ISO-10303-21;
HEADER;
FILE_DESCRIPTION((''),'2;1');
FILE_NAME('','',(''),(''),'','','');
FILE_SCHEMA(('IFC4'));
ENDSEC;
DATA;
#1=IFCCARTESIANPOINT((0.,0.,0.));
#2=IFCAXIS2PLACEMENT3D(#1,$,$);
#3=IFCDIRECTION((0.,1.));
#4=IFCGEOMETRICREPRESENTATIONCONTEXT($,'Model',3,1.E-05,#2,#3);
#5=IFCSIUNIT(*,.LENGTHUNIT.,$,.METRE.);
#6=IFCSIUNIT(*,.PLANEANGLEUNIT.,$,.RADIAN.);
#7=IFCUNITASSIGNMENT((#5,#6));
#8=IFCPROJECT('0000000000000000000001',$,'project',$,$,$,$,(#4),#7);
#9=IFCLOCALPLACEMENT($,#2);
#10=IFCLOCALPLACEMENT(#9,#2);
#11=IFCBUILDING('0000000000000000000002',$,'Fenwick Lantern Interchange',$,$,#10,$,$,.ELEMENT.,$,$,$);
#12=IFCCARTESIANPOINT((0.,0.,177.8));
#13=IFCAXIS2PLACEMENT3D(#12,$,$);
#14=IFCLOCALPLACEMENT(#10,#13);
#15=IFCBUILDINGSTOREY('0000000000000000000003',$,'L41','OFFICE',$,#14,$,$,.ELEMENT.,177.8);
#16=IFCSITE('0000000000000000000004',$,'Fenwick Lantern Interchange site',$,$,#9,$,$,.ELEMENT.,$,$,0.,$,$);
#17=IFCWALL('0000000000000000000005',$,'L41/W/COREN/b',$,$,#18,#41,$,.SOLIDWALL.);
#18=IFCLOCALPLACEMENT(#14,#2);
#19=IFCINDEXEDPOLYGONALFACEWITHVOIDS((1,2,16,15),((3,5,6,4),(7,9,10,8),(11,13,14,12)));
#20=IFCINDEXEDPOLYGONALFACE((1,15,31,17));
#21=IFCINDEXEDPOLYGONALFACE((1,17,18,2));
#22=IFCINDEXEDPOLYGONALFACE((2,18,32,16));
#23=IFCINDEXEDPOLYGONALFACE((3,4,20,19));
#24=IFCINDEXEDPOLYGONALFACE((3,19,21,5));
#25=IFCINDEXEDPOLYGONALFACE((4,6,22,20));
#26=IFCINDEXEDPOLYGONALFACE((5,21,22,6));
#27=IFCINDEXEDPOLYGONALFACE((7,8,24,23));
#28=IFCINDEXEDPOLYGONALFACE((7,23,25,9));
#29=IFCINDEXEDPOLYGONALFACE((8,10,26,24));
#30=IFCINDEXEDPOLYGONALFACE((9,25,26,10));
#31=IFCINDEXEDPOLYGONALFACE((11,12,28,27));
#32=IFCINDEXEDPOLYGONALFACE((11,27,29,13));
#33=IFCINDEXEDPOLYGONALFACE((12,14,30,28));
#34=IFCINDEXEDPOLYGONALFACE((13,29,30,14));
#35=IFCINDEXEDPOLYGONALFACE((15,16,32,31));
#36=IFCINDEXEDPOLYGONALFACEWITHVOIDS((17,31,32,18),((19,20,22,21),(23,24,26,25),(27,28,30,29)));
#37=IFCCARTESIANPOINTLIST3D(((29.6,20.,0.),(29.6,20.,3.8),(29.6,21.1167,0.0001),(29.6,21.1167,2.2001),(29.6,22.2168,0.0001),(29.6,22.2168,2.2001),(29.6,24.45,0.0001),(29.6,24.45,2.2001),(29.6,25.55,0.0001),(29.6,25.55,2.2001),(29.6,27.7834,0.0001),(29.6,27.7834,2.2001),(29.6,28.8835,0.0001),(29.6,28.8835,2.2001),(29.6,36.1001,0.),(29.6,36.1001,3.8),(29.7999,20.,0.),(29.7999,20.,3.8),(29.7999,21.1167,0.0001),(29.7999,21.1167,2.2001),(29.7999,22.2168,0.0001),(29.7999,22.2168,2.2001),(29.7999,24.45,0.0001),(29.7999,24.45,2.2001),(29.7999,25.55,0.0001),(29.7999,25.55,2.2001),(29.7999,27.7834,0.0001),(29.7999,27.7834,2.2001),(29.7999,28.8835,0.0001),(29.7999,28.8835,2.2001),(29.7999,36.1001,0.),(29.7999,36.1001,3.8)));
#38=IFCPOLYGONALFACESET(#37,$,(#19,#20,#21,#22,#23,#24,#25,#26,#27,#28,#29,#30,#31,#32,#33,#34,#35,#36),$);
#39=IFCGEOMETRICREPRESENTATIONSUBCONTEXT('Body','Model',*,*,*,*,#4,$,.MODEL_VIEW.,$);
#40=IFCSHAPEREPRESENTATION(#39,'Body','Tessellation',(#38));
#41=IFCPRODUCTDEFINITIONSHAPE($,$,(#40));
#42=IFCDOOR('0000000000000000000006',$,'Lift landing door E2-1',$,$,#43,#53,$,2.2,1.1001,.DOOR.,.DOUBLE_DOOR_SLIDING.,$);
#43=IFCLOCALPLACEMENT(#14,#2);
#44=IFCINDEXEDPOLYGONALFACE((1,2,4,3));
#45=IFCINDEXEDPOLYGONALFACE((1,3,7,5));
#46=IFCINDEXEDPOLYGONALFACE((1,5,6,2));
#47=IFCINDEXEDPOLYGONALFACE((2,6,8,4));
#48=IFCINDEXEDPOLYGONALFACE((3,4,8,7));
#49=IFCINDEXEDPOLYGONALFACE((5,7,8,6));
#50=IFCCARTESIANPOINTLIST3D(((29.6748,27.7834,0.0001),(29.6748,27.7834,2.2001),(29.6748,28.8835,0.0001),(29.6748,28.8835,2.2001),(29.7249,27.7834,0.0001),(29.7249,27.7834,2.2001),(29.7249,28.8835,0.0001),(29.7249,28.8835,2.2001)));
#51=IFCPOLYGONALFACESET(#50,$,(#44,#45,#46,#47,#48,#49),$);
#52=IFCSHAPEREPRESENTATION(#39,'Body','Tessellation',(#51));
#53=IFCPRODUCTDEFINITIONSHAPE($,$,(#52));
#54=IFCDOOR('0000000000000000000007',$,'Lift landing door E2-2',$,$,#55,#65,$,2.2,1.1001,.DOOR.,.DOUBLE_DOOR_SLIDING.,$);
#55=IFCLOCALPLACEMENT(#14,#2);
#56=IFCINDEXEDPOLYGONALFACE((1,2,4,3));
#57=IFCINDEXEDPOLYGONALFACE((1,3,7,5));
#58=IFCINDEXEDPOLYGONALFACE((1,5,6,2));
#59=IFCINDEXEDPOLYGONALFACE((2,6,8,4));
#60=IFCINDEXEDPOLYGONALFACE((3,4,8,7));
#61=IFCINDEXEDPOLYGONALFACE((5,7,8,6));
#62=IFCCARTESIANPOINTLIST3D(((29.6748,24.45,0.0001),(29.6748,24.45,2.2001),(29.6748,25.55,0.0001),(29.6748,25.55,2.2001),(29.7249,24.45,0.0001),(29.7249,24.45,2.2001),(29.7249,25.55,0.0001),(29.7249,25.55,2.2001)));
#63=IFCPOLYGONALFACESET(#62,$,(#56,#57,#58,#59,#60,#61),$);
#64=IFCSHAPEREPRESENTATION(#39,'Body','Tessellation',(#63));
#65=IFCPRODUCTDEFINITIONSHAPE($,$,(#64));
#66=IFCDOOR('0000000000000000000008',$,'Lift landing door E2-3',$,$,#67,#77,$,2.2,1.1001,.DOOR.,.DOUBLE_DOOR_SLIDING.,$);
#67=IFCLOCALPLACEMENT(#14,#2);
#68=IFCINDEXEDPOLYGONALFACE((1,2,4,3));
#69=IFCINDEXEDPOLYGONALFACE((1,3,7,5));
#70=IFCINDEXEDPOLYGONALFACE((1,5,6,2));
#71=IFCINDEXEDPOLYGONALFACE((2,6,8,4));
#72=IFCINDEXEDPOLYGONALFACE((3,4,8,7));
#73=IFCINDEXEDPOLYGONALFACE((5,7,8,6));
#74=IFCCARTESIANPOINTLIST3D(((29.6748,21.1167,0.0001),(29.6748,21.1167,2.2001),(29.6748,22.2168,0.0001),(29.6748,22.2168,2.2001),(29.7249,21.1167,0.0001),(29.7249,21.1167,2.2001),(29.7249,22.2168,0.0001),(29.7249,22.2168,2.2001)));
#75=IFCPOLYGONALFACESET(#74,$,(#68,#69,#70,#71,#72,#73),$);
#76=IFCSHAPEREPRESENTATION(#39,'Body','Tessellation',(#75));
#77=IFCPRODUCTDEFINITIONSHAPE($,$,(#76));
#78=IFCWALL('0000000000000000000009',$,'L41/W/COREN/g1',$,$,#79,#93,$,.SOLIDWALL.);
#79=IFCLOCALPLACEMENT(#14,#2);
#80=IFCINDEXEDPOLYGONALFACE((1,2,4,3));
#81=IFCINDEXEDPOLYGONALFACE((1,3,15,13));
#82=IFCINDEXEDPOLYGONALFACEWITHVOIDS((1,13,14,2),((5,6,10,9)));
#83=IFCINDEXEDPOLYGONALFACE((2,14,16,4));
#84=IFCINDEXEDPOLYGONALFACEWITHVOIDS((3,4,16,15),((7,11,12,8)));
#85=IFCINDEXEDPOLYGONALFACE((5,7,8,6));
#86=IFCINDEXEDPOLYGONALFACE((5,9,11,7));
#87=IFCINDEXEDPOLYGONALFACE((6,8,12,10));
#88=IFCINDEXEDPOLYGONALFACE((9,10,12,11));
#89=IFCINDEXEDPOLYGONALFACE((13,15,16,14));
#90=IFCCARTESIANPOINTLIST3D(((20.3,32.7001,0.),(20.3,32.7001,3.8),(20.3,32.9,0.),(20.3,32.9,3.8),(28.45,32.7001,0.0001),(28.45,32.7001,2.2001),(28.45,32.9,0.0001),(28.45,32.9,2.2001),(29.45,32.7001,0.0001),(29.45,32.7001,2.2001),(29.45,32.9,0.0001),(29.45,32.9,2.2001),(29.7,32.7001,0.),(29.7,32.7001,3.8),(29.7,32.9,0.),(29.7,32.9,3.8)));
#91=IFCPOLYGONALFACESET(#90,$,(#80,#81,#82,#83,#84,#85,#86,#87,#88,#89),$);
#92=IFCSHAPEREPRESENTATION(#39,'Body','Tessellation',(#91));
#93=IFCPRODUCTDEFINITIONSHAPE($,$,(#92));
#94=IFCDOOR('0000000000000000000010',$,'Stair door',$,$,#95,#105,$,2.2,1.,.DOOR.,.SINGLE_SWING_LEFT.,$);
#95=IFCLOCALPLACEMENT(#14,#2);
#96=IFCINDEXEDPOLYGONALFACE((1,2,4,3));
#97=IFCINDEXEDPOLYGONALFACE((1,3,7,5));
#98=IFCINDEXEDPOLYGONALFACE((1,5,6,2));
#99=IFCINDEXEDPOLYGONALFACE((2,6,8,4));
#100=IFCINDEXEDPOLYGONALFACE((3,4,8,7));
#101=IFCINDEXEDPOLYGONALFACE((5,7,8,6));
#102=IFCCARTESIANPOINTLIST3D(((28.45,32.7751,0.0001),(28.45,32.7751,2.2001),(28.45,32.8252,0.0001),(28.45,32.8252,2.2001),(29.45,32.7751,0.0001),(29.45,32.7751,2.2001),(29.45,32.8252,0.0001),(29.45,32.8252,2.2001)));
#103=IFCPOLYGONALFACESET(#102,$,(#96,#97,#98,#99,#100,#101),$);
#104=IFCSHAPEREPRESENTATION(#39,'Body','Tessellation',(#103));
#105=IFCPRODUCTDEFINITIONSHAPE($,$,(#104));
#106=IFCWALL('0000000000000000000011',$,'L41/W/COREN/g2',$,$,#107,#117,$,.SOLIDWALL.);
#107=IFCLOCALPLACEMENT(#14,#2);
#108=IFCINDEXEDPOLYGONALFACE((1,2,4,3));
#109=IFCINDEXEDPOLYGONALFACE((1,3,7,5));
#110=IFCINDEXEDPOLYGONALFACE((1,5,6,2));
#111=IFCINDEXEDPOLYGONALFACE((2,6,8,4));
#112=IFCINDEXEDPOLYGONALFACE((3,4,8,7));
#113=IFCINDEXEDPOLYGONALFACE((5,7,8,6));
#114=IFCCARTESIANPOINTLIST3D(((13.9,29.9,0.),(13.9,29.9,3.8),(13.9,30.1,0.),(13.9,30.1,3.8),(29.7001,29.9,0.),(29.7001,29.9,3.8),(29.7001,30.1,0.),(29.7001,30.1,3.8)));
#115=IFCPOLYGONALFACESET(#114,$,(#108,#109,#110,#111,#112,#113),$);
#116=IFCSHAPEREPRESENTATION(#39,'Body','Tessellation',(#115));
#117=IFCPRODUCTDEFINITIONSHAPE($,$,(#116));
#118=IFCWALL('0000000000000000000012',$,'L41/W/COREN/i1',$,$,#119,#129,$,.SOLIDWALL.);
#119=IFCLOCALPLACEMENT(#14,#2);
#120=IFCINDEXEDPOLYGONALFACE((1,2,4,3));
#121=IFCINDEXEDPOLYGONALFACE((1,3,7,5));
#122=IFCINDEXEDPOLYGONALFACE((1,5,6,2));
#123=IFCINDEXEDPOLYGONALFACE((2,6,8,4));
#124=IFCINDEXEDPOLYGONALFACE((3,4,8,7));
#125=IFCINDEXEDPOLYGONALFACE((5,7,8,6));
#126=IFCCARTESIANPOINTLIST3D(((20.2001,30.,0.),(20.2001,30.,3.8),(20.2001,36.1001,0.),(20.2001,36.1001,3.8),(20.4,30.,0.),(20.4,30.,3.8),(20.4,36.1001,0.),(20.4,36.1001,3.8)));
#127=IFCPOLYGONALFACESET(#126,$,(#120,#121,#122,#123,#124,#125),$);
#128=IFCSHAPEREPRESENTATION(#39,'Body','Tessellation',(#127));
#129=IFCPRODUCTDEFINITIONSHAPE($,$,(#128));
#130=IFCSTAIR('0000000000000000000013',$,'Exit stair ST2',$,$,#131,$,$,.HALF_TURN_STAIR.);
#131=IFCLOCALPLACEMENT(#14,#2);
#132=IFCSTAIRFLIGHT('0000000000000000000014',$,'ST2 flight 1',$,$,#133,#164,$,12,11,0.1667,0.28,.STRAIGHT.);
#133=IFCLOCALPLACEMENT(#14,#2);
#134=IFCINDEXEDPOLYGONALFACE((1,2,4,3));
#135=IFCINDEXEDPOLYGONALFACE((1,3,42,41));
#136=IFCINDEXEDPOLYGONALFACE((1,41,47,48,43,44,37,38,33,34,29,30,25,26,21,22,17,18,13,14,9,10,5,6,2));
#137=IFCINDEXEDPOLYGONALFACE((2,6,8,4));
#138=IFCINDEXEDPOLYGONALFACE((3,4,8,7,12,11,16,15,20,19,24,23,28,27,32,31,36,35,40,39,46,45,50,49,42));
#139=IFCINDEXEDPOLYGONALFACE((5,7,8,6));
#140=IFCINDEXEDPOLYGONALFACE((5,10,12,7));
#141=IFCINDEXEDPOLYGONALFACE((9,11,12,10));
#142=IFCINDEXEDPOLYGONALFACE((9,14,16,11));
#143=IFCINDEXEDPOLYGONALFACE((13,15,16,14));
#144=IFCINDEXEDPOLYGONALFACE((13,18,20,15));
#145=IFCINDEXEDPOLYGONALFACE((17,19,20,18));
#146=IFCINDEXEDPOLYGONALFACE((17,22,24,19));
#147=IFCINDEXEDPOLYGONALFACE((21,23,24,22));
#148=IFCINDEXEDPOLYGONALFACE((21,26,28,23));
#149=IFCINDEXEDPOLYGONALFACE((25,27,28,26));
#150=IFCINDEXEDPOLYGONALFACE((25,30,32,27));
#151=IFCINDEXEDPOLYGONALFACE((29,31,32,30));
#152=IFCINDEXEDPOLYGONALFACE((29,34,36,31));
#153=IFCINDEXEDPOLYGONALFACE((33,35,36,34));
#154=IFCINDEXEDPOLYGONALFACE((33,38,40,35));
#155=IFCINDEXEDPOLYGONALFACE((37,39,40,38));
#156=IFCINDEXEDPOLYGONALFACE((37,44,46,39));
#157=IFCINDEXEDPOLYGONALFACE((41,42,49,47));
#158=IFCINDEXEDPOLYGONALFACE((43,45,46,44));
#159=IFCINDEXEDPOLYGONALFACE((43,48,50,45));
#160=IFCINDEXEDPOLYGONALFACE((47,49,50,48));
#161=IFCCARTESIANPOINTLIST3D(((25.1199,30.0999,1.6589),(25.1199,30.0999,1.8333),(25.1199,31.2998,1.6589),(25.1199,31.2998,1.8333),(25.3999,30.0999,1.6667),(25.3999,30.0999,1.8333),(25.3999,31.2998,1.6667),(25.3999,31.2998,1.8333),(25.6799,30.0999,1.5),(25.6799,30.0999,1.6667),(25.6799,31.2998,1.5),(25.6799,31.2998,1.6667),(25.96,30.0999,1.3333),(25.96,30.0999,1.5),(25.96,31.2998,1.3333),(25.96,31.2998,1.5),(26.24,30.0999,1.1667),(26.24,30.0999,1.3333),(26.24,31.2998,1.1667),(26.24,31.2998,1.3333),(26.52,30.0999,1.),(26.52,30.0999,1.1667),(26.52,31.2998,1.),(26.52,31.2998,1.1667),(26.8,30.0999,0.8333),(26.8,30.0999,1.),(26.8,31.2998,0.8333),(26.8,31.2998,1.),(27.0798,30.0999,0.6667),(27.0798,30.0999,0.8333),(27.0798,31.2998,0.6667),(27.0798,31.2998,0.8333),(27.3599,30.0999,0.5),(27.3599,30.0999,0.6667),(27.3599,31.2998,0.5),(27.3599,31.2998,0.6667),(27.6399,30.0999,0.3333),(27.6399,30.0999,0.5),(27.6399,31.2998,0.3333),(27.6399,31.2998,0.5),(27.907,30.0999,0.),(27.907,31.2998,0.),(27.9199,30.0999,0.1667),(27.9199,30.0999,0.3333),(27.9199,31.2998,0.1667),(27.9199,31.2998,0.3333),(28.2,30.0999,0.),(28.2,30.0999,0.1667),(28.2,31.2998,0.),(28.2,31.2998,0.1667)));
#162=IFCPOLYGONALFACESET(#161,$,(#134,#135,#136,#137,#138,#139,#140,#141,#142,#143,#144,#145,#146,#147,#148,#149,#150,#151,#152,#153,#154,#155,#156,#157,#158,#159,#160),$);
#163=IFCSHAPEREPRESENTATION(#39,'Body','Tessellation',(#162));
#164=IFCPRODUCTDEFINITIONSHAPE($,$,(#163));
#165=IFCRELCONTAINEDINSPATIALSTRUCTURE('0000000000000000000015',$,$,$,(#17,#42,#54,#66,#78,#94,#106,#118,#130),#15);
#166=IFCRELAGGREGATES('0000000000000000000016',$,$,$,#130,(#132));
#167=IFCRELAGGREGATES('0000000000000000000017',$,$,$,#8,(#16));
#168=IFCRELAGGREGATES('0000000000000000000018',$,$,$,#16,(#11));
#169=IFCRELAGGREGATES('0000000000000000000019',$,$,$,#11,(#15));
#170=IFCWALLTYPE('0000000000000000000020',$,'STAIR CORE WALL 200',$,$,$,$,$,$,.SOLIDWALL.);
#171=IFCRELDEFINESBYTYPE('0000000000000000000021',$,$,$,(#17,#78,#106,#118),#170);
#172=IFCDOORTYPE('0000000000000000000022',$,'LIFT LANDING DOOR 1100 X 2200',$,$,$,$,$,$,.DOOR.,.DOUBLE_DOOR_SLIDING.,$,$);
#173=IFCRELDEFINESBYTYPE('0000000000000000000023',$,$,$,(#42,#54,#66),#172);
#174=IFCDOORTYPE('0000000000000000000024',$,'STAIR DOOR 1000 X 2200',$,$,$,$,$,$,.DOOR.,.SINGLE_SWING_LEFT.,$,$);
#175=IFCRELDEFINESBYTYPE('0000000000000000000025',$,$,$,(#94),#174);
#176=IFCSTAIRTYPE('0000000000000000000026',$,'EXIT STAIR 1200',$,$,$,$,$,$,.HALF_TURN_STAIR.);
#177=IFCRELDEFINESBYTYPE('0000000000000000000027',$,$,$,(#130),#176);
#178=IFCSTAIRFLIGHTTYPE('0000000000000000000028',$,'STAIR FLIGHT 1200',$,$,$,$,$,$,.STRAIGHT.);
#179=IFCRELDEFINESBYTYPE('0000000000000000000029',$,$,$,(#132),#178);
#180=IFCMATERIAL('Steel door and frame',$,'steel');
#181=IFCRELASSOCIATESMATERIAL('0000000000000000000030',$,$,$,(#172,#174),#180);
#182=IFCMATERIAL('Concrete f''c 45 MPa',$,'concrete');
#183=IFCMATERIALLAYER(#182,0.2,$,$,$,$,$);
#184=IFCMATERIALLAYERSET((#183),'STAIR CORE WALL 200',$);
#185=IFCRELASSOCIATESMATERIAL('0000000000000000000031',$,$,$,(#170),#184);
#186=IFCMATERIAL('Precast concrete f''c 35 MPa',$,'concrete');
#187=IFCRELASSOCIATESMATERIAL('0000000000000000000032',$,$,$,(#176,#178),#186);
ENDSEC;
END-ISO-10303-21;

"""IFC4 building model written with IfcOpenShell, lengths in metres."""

from ifc_helpers import new_model, si_unit, direction, frame, frame_2d, origin, place, context, subcontext, project, spatial, polyline, rectangle, outline, extrude, material, layer, layer_set, type_object, element, fill, aggregate, save


model = new_model("IFC4")

# Units and contexts
model_context = context("Model", 3, precision=1e-05, world=origin(), true_north=direction((0.0, 1.0)))
body_context = subcontext(model_context, "Body", "Model", "MODEL_VIEW")
ifc_project = project(units=[si_unit("LENGTHUNIT", "METRE"), si_unit("PLANEANGLEUNIT", "RADIAN")], contexts=[model_context])

# Site, building, storey
site_placement = place(None, origin())
site = spatial("IfcSite", under=ifc_project, at=site_placement, Name="Fenwick Lantern Interchange site", CompositionType="ELEMENT", RefElevation=0.0)
building_placement = place(site_placement, origin())
building = spatial("IfcBuilding", under=site, at=building_placement, Name="Fenwick Lantern Interchange", CompositionType="ELEMENT")
storey_placement = place(building_placement, frame((0.0, 0.0, 177.8)))
storey = spatial("IfcBuildingStorey", under=building, at=storey_placement, Name="L41", Description="OFFICE", CompositionType="ELEMENT", Elevation=177.8)

# Shared definitions
ifc_material_1 = material(Name="Steel door and frame", Category="steel")
door_type_1 = type_object("IfcDoorType", Name="LIFT LANDING DOOR 1100 X 2200", OperationType="DOUBLE_DOOR_SLIDING", PredefinedType="DOOR", material=ifc_material_1)

# Wall, openings, doors
ifc_material_2 = material(Name="Concrete f'c 45 MPa", Category="concrete")
ifc_layer_1 = layer(ifc_material_2, 0.2)
ifc_layer_set_1 = layer_set([ifc_layer_1], Name="STAIR CORE WALL 200")
wall_type_1 = type_object("IfcWallType", Name="STAIR CORE WALL 200", PredefinedType="SOLIDWALL", material=ifc_layer_set_1)
wall_1_placement = place(storey_placement, frame((29.7, 36.1001, 0.0), z_axis=(0.0, 0.0, 1.0), x_axis=(0.0, -1.0, 0.0)))
wall_1 = element("IfcWall", 1, at=wall_1_placement, inside=storey, type_object=wall_type_1, Name="L41/W/COREN/b", PredefinedType="SOLIDWALL", context=body_context, shape_type="SweptSolid", body=[
    extrude(rectangle(XDim=16.1001, YDim=0.2, at=frame_2d((8.05, 0.0))), origin(), (0.0, 0.0, 1.0), 3.8),
])
opening_1_placement = place(wall_1_placement, frame((7.2166, 0.0, 0.0)))
opening_1 = element("IfcOpeningElement", 2, at=opening_1_placement, cuts=wall_1, PredefinedType="OPENING", context=body_context, shape_type="SweptSolid", body=[
    extrude(rectangle(XDim=1.1001, YDim=2.2, at=frame_2d((0.55, 1.1001))), frame((0.0, 0.1099, 0.0), z_axis=(0.0, -1.0, 0.0), x_axis=(1.0, 0.0, 0.0)), (0.0, 0.0, 1.0), 0.22),
])
opening_2_placement = place(wall_1_placement, frame((10.55, 0.0, 0.0)))
opening_2 = element("IfcOpeningElement", 3, at=opening_2_placement, cuts=wall_1, PredefinedType="OPENING", context=body_context, shape_type="SweptSolid", body=[
    extrude(rectangle(XDim=1.1001, YDim=2.2, at=frame_2d((0.55, 1.1001))), frame((0.0, 0.1099, 0.0), z_axis=(0.0, -1.0, 0.0), x_axis=(1.0, 0.0, 0.0)), (0.0, 0.0, 1.0), 0.22),
])
opening_3_placement = place(wall_1_placement, frame((13.8833, 0.0, 0.0)))
opening_3 = element("IfcOpeningElement", 4, at=opening_3_placement, cuts=wall_1, PredefinedType="OPENING", context=body_context, shape_type="SweptSolid", body=[
    extrude(rectangle(XDim=1.1001, YDim=2.2, at=frame_2d((0.55, 1.1001))), frame((0.0, 0.1099, 0.0), z_axis=(0.0, -1.0, 0.0), x_axis=(1.0, 0.0, 0.0)), (0.0, 0.0, 1.0), 0.22),
])
door_1_placement = place(opening_1_placement, origin())
door_1 = element("IfcDoor", 5, at=door_1_placement, inside=storey, type_object=door_type_1, Name="Lift landing door E2-1", OperationType="DOUBLE_DOOR_SLIDING", OverallHeight=2.2, OverallWidth=1.1001, PredefinedType="DOOR", context=body_context, shape_type="SweptSolid", body=[
    extrude(rectangle(XDim=1.1001, YDim=2.2, at=frame_2d((0.55, 1.1001))), frame((0.0, 0.0249, 0.0), z_axis=(0.0, -1.0, 0.0), x_axis=(1.0, 0.0, 0.0)), (0.0, 0.0, 1.0), 0.05),
])
fill(opening_1, door_1)
door_2_placement = place(opening_2_placement, origin())
door_2 = element("IfcDoor", 6, at=door_2_placement, inside=storey, type_object=door_type_1, Name="Lift landing door E2-2", OperationType="DOUBLE_DOOR_SLIDING", OverallHeight=2.2, OverallWidth=1.1001, PredefinedType="DOOR", context=body_context, shape_type="SweptSolid", body=[
    extrude(rectangle(XDim=1.1001, YDim=2.2, at=frame_2d((0.55, 1.1001))), frame((0.0, 0.0249, 0.0), z_axis=(0.0, -1.0, 0.0), x_axis=(1.0, 0.0, 0.0)), (0.0, 0.0, 1.0), 0.05),
])
fill(opening_2, door_2)
door_3_placement = place(opening_3_placement, origin())
door_3 = element("IfcDoor", 7, at=door_3_placement, inside=storey, type_object=door_type_1, Name="Lift landing door E2-3", OperationType="DOUBLE_DOOR_SLIDING", OverallHeight=2.2, OverallWidth=1.1001, PredefinedType="DOOR", context=body_context, shape_type="SweptSolid", body=[
    extrude(rectangle(XDim=1.1001, YDim=2.2, at=frame_2d((0.55, 1.1001))), frame((0.0, 0.0249, 0.0), z_axis=(0.0, -1.0, 0.0), x_axis=(1.0, 0.0, 0.0)), (0.0, 0.0, 1.0), 0.05),
])
fill(opening_3, door_3)

# Wall, opening, door
wall_2_placement = place(storey_placement, frame((29.7, 32.8, 0.0), z_axis=(0.0, 0.0, 1.0), x_axis=(-1.0, 0.0, 0.0)))
wall_2 = element("IfcWall", 8, at=wall_2_placement, inside=storey, type_object=wall_type_1, Name="L41/W/COREN/g1", PredefinedType="SOLIDWALL", context=body_context, shape_type="SweptSolid", body=[
    extrude(rectangle(XDim=9.3999, YDim=0.2, at=frame_2d((4.7, 0.0))), origin(), (0.0, 0.0, 1.0), 3.8),
])
opening_4_placement = place(wall_2_placement, frame((0.25, 0.0, 0.0)))
opening_4 = element("IfcOpeningElement", 9, at=opening_4_placement, cuts=wall_2, PredefinedType="OPENING", context=body_context, shape_type="SweptSolid", body=[
    extrude(rectangle(XDim=1.0, YDim=2.2, at=frame_2d((0.5, 1.1001))), frame((0.0, 0.1099, 0.0), z_axis=(0.0, -1.0, 0.0), x_axis=(1.0, 0.0, 0.0)), (0.0, 0.0, 1.0), 0.22),
])
door_type_2 = type_object("IfcDoorType", Name="STAIR DOOR 1000 X 2200", OperationType="SINGLE_SWING_LEFT", PredefinedType="DOOR", material=ifc_material_1)
door_4_placement = place(opening_4_placement, origin())
door_4 = element("IfcDoor", 10, at=door_4_placement, inside=storey, type_object=door_type_2, Name="Stair door", OperationType="SINGLE_SWING_LEFT", OverallHeight=2.2, OverallWidth=1.0, PredefinedType="DOOR", context=body_context, shape_type="SweptSolid", body=[
    extrude(rectangle(XDim=1.0, YDim=2.2, at=frame_2d((0.5, 1.1001))), frame((0.0, 0.0249, 0.0), z_axis=(0.0, -1.0, 0.0), x_axis=(1.0, 0.0, 0.0)), (0.0, 0.0, 1.0), 0.05),
])
fill(opening_4, door_4)

# Walls
wall_3_placement = place(storey_placement, frame((29.7, 30.0, 0.0), z_axis=(0.0, 0.0, 1.0), x_axis=(-1.0, 0.0, 0.0)))
element("IfcWall", 11, at=wall_3_placement, inside=storey, type_object=wall_type_1, Name="L41/W/COREN/g2", PredefinedType="SOLIDWALL", context=body_context, shape_type="SweptSolid", body=[
    extrude(rectangle(XDim=15.8, YDim=0.2, at=frame_2d((7.8999, 0.0))), origin(), (0.0, 0.0, 1.0), 3.8),
])
wall_4_placement = place(storey_placement, frame((20.3, 36.1001, 0.0), z_axis=(0.0, 0.0, 1.0), x_axis=(0.0, -1.0, 0.0)))
element("IfcWall", 12, at=wall_4_placement, inside=storey, type_object=wall_type_1, Name="L41/W/COREN/i1", PredefinedType="SOLIDWALL", context=body_context, shape_type="SweptSolid", body=[
    extrude(rectangle(XDim=6.1001, YDim=0.2, at=frame_2d((3.05, 0.0))), origin(), (0.0, 0.0, 1.0), 3.8),
])

# Stair, stair flight
ifc_material_3 = material(Name="Precast concrete f'c 35 MPa", Category="concrete")
stair_type = type_object("IfcStairType", Name="EXIT STAIR 1200", PredefinedType="HALF_TURN_STAIR", material=ifc_material_3)
stair_placement = place(storey_placement, origin())
stair = element("IfcStair", 13, at=stair_placement, inside=storey, type_object=stair_type, Name="Exit stair ST2", PredefinedType="HALF_TURN_STAIR")
stair_flight_type = type_object("IfcStairFlightType", Name="STAIR FLIGHT 1200", PredefinedType="STRAIGHT", material=ifc_material_3)
stair_flight_1_placement = place(storey_placement, frame((28.2, 30.7, 0.0), z_axis=(0.0, 0.0, 1.0), x_axis=(-1.0, 0.0, 0.0)))
stair_flight_1 = element("IfcStairFlight", 14, at=stair_flight_1_placement, type_object=stair_flight_type, Name="ST2 flight 1", NumberOfRisers=12, NumberOfTreads=11, PredefinedType="STRAIGHT", RiserHeight=0.1667, TreadLength=0.28, context=body_context, shape_type="SweptSolid", body=[
    extrude(outline(polyline([(0.0, 0.0), (0.0, 0.1667), (0.28, 0.1667), (0.28, 0.3333), (0.5601, 0.3333), (0.5601, 0.5), (0.8401, 0.5), (0.8401, 0.6667), (1.1201, 0.6667), (1.1201, 0.8333), (1.3999, 0.8333), (1.3999, 1.0), (1.6799, 1.0), (1.6799, 1.1667), (1.96, 1.1667), (1.96, 1.3333), (2.24, 1.3333), (2.24, 1.5), (2.52, 1.5), (2.52, 1.6667), (2.8, 1.6667), (2.8, 1.8333), (3.0801, 1.8333), (3.0801, 2.0), (3.0801, 1.6589), (0.293, 0.0), (0.0, 0.0)])), frame((0.0, 0.6001, 0.0), z_axis=(0.0, -1.0, 0.0), x_axis=(1.0, 0.0, 0.0)), (0.0, 0.0, 1.0), 1.2),
])
aggregate(stair, [stair_flight_1])

save(model, "model.ifc")
